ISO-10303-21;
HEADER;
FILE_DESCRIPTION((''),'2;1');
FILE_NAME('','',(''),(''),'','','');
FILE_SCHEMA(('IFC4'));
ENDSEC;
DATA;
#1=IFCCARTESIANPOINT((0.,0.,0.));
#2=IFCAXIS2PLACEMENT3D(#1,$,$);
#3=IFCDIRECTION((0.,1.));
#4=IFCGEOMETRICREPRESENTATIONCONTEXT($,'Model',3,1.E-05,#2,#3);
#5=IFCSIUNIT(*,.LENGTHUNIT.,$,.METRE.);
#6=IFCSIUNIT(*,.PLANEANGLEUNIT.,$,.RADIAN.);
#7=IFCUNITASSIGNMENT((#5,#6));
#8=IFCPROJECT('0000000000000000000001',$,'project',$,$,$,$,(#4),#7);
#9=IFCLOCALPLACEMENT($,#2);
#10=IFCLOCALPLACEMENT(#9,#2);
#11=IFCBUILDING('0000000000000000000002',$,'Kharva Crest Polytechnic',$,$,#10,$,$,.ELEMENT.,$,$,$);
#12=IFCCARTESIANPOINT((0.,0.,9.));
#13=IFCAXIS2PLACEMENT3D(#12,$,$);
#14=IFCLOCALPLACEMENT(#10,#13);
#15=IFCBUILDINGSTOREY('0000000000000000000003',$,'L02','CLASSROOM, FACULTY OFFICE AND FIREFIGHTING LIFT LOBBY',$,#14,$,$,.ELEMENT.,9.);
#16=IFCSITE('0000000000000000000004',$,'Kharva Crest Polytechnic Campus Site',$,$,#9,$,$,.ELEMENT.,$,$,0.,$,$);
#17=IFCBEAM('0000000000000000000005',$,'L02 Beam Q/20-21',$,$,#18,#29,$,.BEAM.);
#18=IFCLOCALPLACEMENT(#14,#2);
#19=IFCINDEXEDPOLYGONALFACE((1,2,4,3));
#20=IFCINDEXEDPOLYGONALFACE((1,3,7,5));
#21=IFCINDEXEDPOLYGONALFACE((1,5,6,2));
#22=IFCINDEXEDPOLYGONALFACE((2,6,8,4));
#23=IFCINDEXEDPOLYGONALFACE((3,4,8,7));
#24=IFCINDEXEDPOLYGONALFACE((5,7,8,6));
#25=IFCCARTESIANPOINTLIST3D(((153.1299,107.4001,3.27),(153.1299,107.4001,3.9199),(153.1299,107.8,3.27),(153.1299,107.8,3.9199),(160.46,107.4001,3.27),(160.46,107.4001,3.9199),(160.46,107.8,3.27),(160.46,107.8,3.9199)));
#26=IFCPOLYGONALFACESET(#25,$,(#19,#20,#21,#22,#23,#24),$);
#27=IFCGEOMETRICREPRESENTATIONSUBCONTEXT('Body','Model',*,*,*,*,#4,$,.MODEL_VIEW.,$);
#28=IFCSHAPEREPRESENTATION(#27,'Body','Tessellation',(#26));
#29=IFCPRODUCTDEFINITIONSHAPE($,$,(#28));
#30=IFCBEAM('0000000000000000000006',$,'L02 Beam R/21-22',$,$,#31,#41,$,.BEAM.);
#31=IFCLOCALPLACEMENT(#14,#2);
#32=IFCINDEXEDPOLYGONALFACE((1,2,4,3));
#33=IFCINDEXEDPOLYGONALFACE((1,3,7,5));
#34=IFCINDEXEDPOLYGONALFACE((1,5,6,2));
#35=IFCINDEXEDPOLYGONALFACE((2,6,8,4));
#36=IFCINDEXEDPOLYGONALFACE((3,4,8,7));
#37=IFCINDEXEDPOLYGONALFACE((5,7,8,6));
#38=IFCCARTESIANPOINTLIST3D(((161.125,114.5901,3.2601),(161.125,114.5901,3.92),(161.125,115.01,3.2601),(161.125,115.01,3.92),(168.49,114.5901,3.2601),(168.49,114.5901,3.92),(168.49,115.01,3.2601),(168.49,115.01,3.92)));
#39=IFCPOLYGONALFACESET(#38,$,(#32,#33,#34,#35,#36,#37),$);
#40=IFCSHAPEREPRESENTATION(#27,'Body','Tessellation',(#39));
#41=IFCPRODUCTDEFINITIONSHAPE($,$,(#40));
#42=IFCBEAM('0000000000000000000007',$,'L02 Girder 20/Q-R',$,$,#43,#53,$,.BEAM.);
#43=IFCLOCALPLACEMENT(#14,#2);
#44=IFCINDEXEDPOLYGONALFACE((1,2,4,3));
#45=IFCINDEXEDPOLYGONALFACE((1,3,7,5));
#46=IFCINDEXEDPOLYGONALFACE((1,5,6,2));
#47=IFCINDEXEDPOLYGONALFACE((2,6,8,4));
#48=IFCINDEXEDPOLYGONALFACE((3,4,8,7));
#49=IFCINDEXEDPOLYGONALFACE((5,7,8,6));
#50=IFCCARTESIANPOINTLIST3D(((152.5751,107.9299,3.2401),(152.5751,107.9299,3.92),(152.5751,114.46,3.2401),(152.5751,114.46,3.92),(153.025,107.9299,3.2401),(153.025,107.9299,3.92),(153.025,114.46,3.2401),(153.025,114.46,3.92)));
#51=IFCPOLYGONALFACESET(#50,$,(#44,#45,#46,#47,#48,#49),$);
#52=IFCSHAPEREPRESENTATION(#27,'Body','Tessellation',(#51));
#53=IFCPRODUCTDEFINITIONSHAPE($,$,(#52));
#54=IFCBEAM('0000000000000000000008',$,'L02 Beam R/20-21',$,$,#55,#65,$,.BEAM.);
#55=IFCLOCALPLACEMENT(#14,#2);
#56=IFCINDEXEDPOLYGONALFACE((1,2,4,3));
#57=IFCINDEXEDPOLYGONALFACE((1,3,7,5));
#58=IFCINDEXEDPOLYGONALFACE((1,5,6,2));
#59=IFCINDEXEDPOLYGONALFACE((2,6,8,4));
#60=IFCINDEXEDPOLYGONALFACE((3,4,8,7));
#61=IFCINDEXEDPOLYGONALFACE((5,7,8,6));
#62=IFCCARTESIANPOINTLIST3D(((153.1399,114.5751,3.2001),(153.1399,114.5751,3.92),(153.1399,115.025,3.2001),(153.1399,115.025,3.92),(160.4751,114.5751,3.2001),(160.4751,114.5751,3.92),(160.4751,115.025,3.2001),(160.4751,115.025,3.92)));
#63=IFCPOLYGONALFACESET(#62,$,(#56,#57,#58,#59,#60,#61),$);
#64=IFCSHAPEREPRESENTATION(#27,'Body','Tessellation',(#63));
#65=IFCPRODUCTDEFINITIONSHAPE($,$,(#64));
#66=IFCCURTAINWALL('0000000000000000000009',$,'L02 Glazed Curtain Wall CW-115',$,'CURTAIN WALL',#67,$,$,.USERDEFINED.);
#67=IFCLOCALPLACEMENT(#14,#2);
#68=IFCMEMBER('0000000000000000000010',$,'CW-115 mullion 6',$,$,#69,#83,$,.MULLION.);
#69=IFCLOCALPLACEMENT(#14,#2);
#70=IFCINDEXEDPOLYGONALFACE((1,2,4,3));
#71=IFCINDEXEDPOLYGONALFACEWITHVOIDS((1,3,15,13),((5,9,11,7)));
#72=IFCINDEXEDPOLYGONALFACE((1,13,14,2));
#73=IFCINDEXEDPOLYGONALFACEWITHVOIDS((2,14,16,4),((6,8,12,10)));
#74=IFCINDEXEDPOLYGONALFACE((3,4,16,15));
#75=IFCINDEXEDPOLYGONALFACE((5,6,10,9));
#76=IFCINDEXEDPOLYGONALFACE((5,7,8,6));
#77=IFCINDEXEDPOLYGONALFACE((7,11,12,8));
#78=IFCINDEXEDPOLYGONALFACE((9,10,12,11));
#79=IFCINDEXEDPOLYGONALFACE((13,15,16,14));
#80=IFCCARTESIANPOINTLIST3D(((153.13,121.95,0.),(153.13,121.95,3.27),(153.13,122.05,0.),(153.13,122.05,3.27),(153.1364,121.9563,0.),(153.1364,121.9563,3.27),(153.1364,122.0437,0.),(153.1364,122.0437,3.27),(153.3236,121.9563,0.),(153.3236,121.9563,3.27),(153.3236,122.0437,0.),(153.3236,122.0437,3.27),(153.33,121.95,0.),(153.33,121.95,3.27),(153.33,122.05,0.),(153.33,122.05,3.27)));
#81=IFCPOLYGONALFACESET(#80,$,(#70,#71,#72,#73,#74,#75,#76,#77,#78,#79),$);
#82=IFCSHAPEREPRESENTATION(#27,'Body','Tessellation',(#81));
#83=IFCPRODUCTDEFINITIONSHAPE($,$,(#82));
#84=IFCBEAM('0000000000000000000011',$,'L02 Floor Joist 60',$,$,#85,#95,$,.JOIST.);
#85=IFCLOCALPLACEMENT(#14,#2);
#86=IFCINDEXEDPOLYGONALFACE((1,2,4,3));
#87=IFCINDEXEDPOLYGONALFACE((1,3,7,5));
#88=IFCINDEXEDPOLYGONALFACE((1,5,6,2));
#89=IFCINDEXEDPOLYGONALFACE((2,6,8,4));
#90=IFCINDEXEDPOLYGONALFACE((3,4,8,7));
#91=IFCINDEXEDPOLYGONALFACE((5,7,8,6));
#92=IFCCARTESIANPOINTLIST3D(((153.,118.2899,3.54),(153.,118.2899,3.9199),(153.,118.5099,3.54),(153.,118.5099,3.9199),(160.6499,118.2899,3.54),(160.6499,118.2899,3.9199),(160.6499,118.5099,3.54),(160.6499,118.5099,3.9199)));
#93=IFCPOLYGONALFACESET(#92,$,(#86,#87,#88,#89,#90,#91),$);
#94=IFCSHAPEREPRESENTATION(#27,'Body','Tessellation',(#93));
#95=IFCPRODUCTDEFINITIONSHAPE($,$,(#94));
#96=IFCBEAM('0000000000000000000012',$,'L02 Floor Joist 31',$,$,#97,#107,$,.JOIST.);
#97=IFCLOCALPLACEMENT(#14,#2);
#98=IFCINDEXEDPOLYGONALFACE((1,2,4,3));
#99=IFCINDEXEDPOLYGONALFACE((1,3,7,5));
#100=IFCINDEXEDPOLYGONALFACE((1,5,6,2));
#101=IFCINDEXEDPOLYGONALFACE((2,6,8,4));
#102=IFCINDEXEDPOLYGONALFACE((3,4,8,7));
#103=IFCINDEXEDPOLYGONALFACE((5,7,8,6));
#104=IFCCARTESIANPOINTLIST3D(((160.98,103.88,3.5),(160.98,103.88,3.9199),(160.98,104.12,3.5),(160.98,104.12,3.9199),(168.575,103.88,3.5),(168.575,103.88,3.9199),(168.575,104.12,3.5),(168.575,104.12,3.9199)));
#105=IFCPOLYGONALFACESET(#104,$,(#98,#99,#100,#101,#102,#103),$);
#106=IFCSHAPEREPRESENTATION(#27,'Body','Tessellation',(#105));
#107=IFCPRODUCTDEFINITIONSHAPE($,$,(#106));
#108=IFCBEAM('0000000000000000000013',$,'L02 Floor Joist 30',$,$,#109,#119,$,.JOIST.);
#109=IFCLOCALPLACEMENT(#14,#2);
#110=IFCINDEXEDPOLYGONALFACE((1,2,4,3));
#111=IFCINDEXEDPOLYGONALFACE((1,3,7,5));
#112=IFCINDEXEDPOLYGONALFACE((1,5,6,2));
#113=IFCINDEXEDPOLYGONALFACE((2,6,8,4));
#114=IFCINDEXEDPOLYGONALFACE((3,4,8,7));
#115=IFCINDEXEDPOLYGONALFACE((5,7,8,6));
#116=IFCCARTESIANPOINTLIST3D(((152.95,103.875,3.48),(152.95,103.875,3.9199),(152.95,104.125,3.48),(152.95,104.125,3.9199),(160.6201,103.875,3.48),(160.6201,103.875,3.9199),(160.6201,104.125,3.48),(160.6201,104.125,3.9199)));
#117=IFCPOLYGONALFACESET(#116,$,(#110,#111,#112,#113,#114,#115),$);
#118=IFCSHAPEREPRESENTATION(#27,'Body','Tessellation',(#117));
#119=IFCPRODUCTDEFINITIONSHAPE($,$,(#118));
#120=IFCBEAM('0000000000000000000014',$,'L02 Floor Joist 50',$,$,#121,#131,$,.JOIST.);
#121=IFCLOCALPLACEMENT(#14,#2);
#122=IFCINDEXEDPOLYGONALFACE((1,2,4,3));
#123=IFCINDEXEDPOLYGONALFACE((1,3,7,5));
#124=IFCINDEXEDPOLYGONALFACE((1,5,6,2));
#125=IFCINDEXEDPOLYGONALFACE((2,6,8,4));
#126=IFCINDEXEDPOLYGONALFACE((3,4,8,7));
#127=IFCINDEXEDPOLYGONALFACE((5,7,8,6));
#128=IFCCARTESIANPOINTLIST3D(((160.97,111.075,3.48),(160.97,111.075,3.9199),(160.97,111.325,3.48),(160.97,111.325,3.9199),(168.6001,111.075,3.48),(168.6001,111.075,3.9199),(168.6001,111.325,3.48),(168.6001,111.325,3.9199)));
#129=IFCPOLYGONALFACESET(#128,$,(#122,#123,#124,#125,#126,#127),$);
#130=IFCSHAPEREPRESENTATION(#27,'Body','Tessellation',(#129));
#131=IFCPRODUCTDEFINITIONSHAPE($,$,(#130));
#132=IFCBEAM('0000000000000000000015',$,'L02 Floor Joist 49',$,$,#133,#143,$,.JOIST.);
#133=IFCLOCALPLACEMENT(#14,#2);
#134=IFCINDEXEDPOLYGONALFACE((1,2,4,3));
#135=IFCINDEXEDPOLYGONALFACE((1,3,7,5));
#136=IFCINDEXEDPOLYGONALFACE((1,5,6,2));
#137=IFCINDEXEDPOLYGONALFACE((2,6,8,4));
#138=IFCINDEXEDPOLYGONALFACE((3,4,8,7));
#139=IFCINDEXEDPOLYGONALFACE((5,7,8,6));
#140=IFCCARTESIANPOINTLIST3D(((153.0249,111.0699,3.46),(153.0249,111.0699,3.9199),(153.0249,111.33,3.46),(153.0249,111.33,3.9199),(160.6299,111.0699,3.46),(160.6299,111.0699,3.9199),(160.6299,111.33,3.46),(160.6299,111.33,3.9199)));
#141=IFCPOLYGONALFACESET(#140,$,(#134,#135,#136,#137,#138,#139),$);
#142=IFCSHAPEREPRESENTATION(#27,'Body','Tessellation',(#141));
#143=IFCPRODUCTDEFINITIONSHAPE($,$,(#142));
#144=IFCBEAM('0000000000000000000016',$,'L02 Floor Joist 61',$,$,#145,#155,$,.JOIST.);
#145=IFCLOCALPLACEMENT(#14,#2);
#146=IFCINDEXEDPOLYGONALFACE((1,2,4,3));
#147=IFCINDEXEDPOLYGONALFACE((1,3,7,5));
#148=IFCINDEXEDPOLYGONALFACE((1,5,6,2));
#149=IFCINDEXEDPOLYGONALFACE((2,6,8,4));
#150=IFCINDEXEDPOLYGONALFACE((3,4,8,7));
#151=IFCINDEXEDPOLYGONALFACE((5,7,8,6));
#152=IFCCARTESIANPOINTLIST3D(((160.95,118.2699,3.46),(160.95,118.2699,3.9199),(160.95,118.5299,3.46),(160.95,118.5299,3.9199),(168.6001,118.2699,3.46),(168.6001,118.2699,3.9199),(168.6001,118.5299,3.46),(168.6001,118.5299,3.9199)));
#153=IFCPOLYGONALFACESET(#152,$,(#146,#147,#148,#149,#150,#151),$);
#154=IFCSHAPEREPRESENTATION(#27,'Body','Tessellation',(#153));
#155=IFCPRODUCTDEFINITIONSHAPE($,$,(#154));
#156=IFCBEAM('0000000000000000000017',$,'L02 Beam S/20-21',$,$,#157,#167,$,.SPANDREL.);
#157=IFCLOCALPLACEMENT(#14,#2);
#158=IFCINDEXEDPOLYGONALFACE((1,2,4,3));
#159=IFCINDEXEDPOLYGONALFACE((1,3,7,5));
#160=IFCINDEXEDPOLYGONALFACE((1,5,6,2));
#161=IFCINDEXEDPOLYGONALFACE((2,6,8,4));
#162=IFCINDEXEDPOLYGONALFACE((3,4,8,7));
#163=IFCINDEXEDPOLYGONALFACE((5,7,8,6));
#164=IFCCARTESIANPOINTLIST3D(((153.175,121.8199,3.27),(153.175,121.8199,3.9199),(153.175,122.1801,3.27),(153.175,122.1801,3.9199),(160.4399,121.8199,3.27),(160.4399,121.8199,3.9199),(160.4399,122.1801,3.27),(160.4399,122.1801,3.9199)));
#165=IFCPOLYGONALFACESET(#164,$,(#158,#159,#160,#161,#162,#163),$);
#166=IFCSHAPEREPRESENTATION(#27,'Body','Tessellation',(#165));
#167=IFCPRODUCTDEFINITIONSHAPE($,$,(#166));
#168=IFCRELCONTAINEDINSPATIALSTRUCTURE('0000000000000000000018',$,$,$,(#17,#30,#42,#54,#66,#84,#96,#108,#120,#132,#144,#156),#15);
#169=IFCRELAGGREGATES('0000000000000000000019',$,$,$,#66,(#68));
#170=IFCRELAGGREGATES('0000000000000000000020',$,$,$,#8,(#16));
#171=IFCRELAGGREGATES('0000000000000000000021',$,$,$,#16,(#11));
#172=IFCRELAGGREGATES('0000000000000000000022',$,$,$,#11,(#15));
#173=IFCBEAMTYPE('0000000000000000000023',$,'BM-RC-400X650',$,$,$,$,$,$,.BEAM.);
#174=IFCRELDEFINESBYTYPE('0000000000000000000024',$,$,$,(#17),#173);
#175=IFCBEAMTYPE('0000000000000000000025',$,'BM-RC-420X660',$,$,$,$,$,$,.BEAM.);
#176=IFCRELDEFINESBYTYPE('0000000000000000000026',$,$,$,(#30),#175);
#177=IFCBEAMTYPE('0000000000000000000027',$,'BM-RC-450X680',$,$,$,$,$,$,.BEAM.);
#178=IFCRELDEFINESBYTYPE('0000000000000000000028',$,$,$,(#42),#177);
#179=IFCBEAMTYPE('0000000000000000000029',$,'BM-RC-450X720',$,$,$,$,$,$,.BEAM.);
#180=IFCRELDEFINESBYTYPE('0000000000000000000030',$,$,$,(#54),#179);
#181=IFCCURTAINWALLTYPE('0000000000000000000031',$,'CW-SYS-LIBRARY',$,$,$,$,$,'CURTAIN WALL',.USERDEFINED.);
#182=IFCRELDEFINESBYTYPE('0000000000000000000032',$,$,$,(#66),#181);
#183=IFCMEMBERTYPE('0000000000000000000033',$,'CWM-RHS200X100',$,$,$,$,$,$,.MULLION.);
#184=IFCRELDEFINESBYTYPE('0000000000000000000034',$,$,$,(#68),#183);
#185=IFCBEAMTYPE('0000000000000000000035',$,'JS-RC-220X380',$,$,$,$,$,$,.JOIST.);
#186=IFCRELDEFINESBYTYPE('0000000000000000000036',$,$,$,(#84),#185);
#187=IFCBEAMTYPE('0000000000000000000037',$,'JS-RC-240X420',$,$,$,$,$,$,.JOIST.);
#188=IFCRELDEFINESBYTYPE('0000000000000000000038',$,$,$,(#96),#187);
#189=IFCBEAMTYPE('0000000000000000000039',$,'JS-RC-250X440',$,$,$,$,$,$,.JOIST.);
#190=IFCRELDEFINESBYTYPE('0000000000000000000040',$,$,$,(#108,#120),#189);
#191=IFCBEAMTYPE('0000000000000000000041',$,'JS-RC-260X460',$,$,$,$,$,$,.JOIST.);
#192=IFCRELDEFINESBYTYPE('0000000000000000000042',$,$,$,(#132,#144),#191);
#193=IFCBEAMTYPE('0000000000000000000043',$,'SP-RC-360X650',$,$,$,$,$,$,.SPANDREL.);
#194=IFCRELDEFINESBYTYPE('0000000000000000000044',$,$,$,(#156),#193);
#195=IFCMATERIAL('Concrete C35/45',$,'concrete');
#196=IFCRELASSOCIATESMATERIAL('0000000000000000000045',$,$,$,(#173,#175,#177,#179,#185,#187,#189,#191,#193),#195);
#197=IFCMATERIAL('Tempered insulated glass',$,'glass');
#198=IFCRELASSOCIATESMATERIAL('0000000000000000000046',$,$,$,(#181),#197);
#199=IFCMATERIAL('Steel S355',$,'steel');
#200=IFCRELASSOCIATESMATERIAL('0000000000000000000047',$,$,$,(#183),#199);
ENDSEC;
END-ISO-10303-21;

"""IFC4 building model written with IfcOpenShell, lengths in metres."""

from ifc_helpers import new_model, si_unit, direction, frame, origin, origin_2d, place, context, subcontext, project, spatial, rectangle, hollow_rectangle, extrude, material, material_profile, profile_set, type_object, element, aggregate, save


model = new_model("IFC4")

# Units and contexts
model_context = context("Model", 3, precision=1e-05, world=origin(), true_north=direction((0.0, 1.0)))
body_context = subcontext(model_context, "Body", "Model", "MODEL_VIEW")
ifc_project = project(units=[si_unit("LENGTHUNIT", "METRE"), si_unit("PLANEANGLEUNIT", "RADIAN")], contexts=[model_context])

# Site, building, storey
site_placement = place(None, origin())
site = spatial("IfcSite", under=ifc_project, at=site_placement, Name="Kharva Crest Polytechnic Campus Site", CompositionType="ELEMENT", RefElevation=0.0)
building_placement = place(site_placement, origin())
building = spatial("IfcBuilding", under=site, at=building_placement, Name="Kharva Crest Polytechnic", CompositionType="ELEMENT")
storey_placement = place(building_placement, frame((0.0, 0.0, 9.0)))
storey = spatial("IfcBuildingStorey", under=building, at=storey_placement, Name="L02", Description="CLASSROOM, FACULTY OFFICE AND FIREFIGHTING LIFT LOBBY", CompositionType="ELEMENT", Elevation=9.0)

# Shared definitions
ifc_material_1 = material(Name="Steel S355", Category="steel")

# Beams
ifc_material_2 = material(Name="Concrete C35/45", Category="concrete")
ifc_material_profile_1 = material_profile(ifc_material_2, rectangle(XDim=0.3999, YDim=0.6499, at=origin_2d()), Name="RECT 400 X 650")
ifc_profile_set_1 = profile_set([ifc_material_profile_1], Name="Concrete C35/45")
beam_type_1 = type_object("IfcBeamType", Name="BM-RC-400X650", PredefinedType="BEAM", material=ifc_profile_set_1)
beam_1_placement = place(storey_placement, frame((153.1299, 107.6001, 3.595), z_axis=(1.0, 0.0, 0.0), x_axis=(0.0, 1.0, 0.0)))
element("IfcBeam", 1, at=beam_1_placement, inside=storey, type_object=beam_type_1, Name="L02 Beam Q/20-21", PredefinedType="BEAM", context=body_context, shape_type="SweptSolid", body=[
    extrude(rectangle(XDim=0.3999, YDim=0.6499, at=origin_2d()), origin(), (0.0, 0.0, 1.0), 7.3301),
])
ifc_material_profile_2 = material_profile(ifc_material_2, rectangle(XDim=0.4199, YDim=0.6599, at=origin_2d()), Name="RECT 420 X 660")
ifc_profile_set_2 = profile_set([ifc_material_profile_2], Name="Concrete C35/45")
beam_type_2 = type_object("IfcBeamType", Name="BM-RC-420X660", PredefinedType="BEAM", material=ifc_profile_set_2)
beam_2_placement = place(storey_placement, frame((161.125, 114.8, 3.5901), z_axis=(1.0, 0.0, 0.0), x_axis=(0.0, 1.0, 0.0)))
element("IfcBeam", 2, at=beam_2_placement, inside=storey, type_object=beam_type_2, Name="L02 Beam R/21-22", PredefinedType="BEAM", context=body_context, shape_type="SweptSolid", body=[
    extrude(rectangle(XDim=0.4199, YDim=0.6599, at=origin_2d()), origin(), (0.0, 0.0, 1.0), 7.365),
])
ifc_material_profile_3 = material_profile(ifc_material_2, rectangle(XDim=0.45, YDim=0.6799, at=origin_2d()), Name="RECT 450 X 680")
ifc_profile_set_3 = profile_set([ifc_material_profile_3], Name="Concrete C35/45")
beam_type_3 = type_object("IfcBeamType", Name="BM-RC-450X680", PredefinedType="BEAM", material=ifc_profile_set_3)
beam_3_placement = place(storey_placement, frame((152.8, 107.9299, 3.5801), z_axis=(0.0, 1.0, 0.0), x_axis=(-1.0, 0.0, 0.0)))
element("IfcBeam", 3, at=beam_3_placement, inside=storey, type_object=beam_type_3, Name="L02 Girder 20/Q-R", PredefinedType="BEAM", context=body_context, shape_type="SweptSolid", body=[
    extrude(rectangle(XDim=0.45, YDim=0.6799, at=origin_2d()), origin(), (0.0, 0.0, 1.0), 6.53),
])
ifc_material_profile_4 = material_profile(ifc_material_2, rectangle(XDim=0.45, YDim=0.72, at=origin_2d()), Name="RECT 450 X 720")
ifc_profile_set_4 = profile_set([ifc_material_profile_4], Name="Concrete C35/45")
beam_type_4 = type_object("IfcBeamType", Name="BM-RC-450X720", PredefinedType="BEAM", material=ifc_profile_set_4)
beam_4_placement = place(storey_placement, frame((153.1399, 114.8, 3.5601), z_axis=(1.0, 0.0, 0.0), x_axis=(0.0, 1.0, 0.0)))
element("IfcBeam", 4, at=beam_4_placement, inside=storey, type_object=beam_type_4, Name="L02 Beam R/20-21", PredefinedType="BEAM", context=body_context, shape_type="SweptSolid", body=[
    extrude(rectangle(XDim=0.45, YDim=0.72, at=origin_2d()), origin(), (0.0, 0.0, 1.0), 7.3352),
])

# Curtain wall, member
ifc_material_3 = material(Name="Tempered insulated glass", Category="glass")
curtain_wall_type = type_object("IfcCurtainWallType", Name="CW-SYS-LIBRARY", ElementType="CURTAIN WALL", PredefinedType="USERDEFINED", material=ifc_material_3)
curtain_wall_placement = place(storey_placement, origin())
curtain_wall = element("IfcCurtainWall", 5, at=curtain_wall_placement, inside=storey, type_object=curtain_wall_type, Name="L02 Glazed Curtain Wall CW-115", ObjectType="CURTAIN WALL", PredefinedType="USERDEFINED")
ifc_material_profile_5 = material_profile(ifc_material_1, hollow_rectangle(XDim=0.1001, YDim=0.2, WallThickness=0.0063, at=origin_2d()), Name="RHS 200X100X6.3")
ifc_profile_set_5 = profile_set([ifc_material_profile_5], Name="Steel S355")
member_type = type_object("IfcMemberType", Name="CWM-RHS200X100", PredefinedType="MULLION", material=ifc_profile_set_5)
member_placement = place(storey_placement, frame((153.23, 122.0, 0.0), z_axis=(0.0, 0.0, 1.0), x_axis=(0.0, -1.0, 0.0)))
member = element("IfcMember", 6, at=member_placement, type_object=member_type, Name="CW-115 mullion 6", PredefinedType="MULLION", context=body_context, shape_type="SweptSolid", body=[
    extrude(hollow_rectangle(XDim=0.1001, YDim=0.2, WallThickness=0.0063, at=origin_2d()), origin(), (0.0, 0.0, 1.0), 3.27),
])

# Beams
ifc_material_profile_6 = material_profile(ifc_material_2, rectangle(XDim=0.22, YDim=0.3799, at=origin_2d()), Name="RECT 220 X 380")
ifc_profile_set_6 = profile_set([ifc_material_profile_6], Name="Concrete C35/45")
beam_type_5 = type_object("IfcBeamType", Name="JS-RC-220X380", PredefinedType="JOIST", material=ifc_profile_set_6)
beam_5_placement = place(storey_placement, frame((153.0, 118.3999, 3.73), z_axis=(1.0, 0.0, 0.0), x_axis=(0.0, 1.0, 0.0)))
element("IfcBeam", 7, at=beam_5_placement, inside=storey, type_object=beam_type_5, Name="L02 Floor Joist 60", PredefinedType="JOIST", context=body_context, shape_type="SweptSolid", body=[
    extrude(rectangle(XDim=0.22, YDim=0.3799, at=origin_2d()), origin(), (0.0, 0.0, 1.0), 7.6499),
])
ifc_material_profile_7 = material_profile(ifc_material_2, rectangle(XDim=0.24, YDim=0.4199, at=origin_2d()), Name="RECT 240 X 420")
ifc_profile_set_7 = profile_set([ifc_material_profile_7], Name="Concrete C35/45")
beam_type_6 = type_object("IfcBeamType", Name="JS-RC-240X420", PredefinedType="JOIST", material=ifc_profile_set_7)
beam_6_placement = place(storey_placement, frame((160.98, 104.0, 3.71), z_axis=(1.0, 0.0, 0.0), x_axis=(0.0, 1.0, 0.0)))
element("IfcBeam", 8, at=beam_6_placement, inside=storey, type_object=beam_type_6, Name="L02 Floor Joist 31", PredefinedType="JOIST", context=body_context, shape_type="SweptSolid", body=[
    extrude(rectangle(XDim=0.24, YDim=0.4199, at=origin_2d()), origin(), (0.0, 0.0, 1.0), 7.595),
])
ifc_material_profile_8 = material_profile(ifc_material_2, rectangle(XDim=0.25, YDim=0.4399, at=origin_2d()), Name="RECT 250 X 440")
ifc_profile_set_8 = profile_set([ifc_material_profile_8], Name="Concrete C35/45")
beam_type_7 = type_object("IfcBeamType", Name="JS-RC-250X440", PredefinedType="JOIST", material=ifc_profile_set_8)
beam_7_placement = place(storey_placement, frame((152.95, 104.0, 3.7), z_axis=(1.0, 0.0, 0.0), x_axis=(0.0, 1.0, 0.0)))
element("IfcBeam", 9, at=beam_7_placement, inside=storey, type_object=beam_type_7, Name="L02 Floor Joist 30", PredefinedType="JOIST", context=body_context, shape_type="SweptSolid", body=[
    extrude(rectangle(XDim=0.25, YDim=0.4399, at=origin_2d()), origin(), (0.0, 0.0, 1.0), 7.6702),
])
beam_8_placement = place(storey_placement, frame((160.97, 111.2, 3.7), z_axis=(1.0, 0.0, 0.0), x_axis=(0.0, 1.0, 0.0)))
element("IfcBeam", 10, at=beam_8_placement, inside=storey, type_object=beam_type_7, Name="L02 Floor Joist 50", PredefinedType="JOIST", context=body_context, shape_type="SweptSolid", body=[
    extrude(rectangle(XDim=0.25, YDim=0.4399, at=origin_2d()), origin(), (0.0, 0.0, 1.0), 7.6301),
])
ifc_material_profile_9 = material_profile(ifc_material_2, rectangle(XDim=0.26, YDim=0.46, at=origin_2d()), Name="RECT 260 X 460")
ifc_profile_set_9 = profile_set([ifc_material_profile_9], Name="Concrete C35/45")
beam_type_8 = type_object("IfcBeamType", Name="JS-RC-260X460", PredefinedType="JOIST", material=ifc_profile_set_9)
beam_9_placement = place(storey_placement, frame((153.0249, 111.2, 3.6899), z_axis=(1.0, 0.0, 0.0), x_axis=(0.0, 1.0, 0.0)))
element("IfcBeam", 11, at=beam_9_placement, inside=storey, type_object=beam_type_8, Name="L02 Floor Joist 49", PredefinedType="JOIST", context=body_context, shape_type="SweptSolid", body=[
    extrude(rectangle(XDim=0.26, YDim=0.46, at=origin_2d()), origin(), (0.0, 0.0, 1.0), 7.605),
])
beam_10_placement = place(storey_placement, frame((160.95, 118.3999, 3.6899), z_axis=(1.0, 0.0, 0.0), x_axis=(0.0, 1.0, 0.0)))
element("IfcBeam", 12, at=beam_10_placement, inside=storey, type_object=beam_type_8, Name="L02 Floor Joist 61", PredefinedType="JOIST", context=body_context, shape_type="SweptSolid", body=[
    extrude(rectangle(XDim=0.26, YDim=0.46, at=origin_2d()), origin(), (0.0, 0.0, 1.0), 7.6501),
])
ifc_material_profile_10 = material_profile(ifc_material_2, rectangle(XDim=0.3601, YDim=0.6499, at=origin_2d()), Name="RECT 360 X 650")
ifc_profile_set_10 = profile_set([ifc_material_profile_10], Name="Concrete C35/45")
beam_type_9 = type_object("IfcBeamType", Name="SP-RC-360X650", PredefinedType="SPANDREL", material=ifc_profile_set_10)
beam_11_placement = place(storey_placement, frame((153.175, 122.0, 3.595), z_axis=(1.0, 0.0, 0.0), x_axis=(0.0, 1.0, 0.0)))
element("IfcBeam", 13, at=beam_11_placement, inside=storey, type_object=beam_type_9, Name="L02 Beam S/20-21", PredefinedType="SPANDREL", context=body_context, shape_type="SweptSolid", body=[
    extrude(rectangle(XDim=0.3601, YDim=0.6499, at=origin_2d()), origin(), (0.0, 0.0, 1.0), 7.2649),
])

aggregate(curtain_wall, [member])

save(model, "model.ifc")
